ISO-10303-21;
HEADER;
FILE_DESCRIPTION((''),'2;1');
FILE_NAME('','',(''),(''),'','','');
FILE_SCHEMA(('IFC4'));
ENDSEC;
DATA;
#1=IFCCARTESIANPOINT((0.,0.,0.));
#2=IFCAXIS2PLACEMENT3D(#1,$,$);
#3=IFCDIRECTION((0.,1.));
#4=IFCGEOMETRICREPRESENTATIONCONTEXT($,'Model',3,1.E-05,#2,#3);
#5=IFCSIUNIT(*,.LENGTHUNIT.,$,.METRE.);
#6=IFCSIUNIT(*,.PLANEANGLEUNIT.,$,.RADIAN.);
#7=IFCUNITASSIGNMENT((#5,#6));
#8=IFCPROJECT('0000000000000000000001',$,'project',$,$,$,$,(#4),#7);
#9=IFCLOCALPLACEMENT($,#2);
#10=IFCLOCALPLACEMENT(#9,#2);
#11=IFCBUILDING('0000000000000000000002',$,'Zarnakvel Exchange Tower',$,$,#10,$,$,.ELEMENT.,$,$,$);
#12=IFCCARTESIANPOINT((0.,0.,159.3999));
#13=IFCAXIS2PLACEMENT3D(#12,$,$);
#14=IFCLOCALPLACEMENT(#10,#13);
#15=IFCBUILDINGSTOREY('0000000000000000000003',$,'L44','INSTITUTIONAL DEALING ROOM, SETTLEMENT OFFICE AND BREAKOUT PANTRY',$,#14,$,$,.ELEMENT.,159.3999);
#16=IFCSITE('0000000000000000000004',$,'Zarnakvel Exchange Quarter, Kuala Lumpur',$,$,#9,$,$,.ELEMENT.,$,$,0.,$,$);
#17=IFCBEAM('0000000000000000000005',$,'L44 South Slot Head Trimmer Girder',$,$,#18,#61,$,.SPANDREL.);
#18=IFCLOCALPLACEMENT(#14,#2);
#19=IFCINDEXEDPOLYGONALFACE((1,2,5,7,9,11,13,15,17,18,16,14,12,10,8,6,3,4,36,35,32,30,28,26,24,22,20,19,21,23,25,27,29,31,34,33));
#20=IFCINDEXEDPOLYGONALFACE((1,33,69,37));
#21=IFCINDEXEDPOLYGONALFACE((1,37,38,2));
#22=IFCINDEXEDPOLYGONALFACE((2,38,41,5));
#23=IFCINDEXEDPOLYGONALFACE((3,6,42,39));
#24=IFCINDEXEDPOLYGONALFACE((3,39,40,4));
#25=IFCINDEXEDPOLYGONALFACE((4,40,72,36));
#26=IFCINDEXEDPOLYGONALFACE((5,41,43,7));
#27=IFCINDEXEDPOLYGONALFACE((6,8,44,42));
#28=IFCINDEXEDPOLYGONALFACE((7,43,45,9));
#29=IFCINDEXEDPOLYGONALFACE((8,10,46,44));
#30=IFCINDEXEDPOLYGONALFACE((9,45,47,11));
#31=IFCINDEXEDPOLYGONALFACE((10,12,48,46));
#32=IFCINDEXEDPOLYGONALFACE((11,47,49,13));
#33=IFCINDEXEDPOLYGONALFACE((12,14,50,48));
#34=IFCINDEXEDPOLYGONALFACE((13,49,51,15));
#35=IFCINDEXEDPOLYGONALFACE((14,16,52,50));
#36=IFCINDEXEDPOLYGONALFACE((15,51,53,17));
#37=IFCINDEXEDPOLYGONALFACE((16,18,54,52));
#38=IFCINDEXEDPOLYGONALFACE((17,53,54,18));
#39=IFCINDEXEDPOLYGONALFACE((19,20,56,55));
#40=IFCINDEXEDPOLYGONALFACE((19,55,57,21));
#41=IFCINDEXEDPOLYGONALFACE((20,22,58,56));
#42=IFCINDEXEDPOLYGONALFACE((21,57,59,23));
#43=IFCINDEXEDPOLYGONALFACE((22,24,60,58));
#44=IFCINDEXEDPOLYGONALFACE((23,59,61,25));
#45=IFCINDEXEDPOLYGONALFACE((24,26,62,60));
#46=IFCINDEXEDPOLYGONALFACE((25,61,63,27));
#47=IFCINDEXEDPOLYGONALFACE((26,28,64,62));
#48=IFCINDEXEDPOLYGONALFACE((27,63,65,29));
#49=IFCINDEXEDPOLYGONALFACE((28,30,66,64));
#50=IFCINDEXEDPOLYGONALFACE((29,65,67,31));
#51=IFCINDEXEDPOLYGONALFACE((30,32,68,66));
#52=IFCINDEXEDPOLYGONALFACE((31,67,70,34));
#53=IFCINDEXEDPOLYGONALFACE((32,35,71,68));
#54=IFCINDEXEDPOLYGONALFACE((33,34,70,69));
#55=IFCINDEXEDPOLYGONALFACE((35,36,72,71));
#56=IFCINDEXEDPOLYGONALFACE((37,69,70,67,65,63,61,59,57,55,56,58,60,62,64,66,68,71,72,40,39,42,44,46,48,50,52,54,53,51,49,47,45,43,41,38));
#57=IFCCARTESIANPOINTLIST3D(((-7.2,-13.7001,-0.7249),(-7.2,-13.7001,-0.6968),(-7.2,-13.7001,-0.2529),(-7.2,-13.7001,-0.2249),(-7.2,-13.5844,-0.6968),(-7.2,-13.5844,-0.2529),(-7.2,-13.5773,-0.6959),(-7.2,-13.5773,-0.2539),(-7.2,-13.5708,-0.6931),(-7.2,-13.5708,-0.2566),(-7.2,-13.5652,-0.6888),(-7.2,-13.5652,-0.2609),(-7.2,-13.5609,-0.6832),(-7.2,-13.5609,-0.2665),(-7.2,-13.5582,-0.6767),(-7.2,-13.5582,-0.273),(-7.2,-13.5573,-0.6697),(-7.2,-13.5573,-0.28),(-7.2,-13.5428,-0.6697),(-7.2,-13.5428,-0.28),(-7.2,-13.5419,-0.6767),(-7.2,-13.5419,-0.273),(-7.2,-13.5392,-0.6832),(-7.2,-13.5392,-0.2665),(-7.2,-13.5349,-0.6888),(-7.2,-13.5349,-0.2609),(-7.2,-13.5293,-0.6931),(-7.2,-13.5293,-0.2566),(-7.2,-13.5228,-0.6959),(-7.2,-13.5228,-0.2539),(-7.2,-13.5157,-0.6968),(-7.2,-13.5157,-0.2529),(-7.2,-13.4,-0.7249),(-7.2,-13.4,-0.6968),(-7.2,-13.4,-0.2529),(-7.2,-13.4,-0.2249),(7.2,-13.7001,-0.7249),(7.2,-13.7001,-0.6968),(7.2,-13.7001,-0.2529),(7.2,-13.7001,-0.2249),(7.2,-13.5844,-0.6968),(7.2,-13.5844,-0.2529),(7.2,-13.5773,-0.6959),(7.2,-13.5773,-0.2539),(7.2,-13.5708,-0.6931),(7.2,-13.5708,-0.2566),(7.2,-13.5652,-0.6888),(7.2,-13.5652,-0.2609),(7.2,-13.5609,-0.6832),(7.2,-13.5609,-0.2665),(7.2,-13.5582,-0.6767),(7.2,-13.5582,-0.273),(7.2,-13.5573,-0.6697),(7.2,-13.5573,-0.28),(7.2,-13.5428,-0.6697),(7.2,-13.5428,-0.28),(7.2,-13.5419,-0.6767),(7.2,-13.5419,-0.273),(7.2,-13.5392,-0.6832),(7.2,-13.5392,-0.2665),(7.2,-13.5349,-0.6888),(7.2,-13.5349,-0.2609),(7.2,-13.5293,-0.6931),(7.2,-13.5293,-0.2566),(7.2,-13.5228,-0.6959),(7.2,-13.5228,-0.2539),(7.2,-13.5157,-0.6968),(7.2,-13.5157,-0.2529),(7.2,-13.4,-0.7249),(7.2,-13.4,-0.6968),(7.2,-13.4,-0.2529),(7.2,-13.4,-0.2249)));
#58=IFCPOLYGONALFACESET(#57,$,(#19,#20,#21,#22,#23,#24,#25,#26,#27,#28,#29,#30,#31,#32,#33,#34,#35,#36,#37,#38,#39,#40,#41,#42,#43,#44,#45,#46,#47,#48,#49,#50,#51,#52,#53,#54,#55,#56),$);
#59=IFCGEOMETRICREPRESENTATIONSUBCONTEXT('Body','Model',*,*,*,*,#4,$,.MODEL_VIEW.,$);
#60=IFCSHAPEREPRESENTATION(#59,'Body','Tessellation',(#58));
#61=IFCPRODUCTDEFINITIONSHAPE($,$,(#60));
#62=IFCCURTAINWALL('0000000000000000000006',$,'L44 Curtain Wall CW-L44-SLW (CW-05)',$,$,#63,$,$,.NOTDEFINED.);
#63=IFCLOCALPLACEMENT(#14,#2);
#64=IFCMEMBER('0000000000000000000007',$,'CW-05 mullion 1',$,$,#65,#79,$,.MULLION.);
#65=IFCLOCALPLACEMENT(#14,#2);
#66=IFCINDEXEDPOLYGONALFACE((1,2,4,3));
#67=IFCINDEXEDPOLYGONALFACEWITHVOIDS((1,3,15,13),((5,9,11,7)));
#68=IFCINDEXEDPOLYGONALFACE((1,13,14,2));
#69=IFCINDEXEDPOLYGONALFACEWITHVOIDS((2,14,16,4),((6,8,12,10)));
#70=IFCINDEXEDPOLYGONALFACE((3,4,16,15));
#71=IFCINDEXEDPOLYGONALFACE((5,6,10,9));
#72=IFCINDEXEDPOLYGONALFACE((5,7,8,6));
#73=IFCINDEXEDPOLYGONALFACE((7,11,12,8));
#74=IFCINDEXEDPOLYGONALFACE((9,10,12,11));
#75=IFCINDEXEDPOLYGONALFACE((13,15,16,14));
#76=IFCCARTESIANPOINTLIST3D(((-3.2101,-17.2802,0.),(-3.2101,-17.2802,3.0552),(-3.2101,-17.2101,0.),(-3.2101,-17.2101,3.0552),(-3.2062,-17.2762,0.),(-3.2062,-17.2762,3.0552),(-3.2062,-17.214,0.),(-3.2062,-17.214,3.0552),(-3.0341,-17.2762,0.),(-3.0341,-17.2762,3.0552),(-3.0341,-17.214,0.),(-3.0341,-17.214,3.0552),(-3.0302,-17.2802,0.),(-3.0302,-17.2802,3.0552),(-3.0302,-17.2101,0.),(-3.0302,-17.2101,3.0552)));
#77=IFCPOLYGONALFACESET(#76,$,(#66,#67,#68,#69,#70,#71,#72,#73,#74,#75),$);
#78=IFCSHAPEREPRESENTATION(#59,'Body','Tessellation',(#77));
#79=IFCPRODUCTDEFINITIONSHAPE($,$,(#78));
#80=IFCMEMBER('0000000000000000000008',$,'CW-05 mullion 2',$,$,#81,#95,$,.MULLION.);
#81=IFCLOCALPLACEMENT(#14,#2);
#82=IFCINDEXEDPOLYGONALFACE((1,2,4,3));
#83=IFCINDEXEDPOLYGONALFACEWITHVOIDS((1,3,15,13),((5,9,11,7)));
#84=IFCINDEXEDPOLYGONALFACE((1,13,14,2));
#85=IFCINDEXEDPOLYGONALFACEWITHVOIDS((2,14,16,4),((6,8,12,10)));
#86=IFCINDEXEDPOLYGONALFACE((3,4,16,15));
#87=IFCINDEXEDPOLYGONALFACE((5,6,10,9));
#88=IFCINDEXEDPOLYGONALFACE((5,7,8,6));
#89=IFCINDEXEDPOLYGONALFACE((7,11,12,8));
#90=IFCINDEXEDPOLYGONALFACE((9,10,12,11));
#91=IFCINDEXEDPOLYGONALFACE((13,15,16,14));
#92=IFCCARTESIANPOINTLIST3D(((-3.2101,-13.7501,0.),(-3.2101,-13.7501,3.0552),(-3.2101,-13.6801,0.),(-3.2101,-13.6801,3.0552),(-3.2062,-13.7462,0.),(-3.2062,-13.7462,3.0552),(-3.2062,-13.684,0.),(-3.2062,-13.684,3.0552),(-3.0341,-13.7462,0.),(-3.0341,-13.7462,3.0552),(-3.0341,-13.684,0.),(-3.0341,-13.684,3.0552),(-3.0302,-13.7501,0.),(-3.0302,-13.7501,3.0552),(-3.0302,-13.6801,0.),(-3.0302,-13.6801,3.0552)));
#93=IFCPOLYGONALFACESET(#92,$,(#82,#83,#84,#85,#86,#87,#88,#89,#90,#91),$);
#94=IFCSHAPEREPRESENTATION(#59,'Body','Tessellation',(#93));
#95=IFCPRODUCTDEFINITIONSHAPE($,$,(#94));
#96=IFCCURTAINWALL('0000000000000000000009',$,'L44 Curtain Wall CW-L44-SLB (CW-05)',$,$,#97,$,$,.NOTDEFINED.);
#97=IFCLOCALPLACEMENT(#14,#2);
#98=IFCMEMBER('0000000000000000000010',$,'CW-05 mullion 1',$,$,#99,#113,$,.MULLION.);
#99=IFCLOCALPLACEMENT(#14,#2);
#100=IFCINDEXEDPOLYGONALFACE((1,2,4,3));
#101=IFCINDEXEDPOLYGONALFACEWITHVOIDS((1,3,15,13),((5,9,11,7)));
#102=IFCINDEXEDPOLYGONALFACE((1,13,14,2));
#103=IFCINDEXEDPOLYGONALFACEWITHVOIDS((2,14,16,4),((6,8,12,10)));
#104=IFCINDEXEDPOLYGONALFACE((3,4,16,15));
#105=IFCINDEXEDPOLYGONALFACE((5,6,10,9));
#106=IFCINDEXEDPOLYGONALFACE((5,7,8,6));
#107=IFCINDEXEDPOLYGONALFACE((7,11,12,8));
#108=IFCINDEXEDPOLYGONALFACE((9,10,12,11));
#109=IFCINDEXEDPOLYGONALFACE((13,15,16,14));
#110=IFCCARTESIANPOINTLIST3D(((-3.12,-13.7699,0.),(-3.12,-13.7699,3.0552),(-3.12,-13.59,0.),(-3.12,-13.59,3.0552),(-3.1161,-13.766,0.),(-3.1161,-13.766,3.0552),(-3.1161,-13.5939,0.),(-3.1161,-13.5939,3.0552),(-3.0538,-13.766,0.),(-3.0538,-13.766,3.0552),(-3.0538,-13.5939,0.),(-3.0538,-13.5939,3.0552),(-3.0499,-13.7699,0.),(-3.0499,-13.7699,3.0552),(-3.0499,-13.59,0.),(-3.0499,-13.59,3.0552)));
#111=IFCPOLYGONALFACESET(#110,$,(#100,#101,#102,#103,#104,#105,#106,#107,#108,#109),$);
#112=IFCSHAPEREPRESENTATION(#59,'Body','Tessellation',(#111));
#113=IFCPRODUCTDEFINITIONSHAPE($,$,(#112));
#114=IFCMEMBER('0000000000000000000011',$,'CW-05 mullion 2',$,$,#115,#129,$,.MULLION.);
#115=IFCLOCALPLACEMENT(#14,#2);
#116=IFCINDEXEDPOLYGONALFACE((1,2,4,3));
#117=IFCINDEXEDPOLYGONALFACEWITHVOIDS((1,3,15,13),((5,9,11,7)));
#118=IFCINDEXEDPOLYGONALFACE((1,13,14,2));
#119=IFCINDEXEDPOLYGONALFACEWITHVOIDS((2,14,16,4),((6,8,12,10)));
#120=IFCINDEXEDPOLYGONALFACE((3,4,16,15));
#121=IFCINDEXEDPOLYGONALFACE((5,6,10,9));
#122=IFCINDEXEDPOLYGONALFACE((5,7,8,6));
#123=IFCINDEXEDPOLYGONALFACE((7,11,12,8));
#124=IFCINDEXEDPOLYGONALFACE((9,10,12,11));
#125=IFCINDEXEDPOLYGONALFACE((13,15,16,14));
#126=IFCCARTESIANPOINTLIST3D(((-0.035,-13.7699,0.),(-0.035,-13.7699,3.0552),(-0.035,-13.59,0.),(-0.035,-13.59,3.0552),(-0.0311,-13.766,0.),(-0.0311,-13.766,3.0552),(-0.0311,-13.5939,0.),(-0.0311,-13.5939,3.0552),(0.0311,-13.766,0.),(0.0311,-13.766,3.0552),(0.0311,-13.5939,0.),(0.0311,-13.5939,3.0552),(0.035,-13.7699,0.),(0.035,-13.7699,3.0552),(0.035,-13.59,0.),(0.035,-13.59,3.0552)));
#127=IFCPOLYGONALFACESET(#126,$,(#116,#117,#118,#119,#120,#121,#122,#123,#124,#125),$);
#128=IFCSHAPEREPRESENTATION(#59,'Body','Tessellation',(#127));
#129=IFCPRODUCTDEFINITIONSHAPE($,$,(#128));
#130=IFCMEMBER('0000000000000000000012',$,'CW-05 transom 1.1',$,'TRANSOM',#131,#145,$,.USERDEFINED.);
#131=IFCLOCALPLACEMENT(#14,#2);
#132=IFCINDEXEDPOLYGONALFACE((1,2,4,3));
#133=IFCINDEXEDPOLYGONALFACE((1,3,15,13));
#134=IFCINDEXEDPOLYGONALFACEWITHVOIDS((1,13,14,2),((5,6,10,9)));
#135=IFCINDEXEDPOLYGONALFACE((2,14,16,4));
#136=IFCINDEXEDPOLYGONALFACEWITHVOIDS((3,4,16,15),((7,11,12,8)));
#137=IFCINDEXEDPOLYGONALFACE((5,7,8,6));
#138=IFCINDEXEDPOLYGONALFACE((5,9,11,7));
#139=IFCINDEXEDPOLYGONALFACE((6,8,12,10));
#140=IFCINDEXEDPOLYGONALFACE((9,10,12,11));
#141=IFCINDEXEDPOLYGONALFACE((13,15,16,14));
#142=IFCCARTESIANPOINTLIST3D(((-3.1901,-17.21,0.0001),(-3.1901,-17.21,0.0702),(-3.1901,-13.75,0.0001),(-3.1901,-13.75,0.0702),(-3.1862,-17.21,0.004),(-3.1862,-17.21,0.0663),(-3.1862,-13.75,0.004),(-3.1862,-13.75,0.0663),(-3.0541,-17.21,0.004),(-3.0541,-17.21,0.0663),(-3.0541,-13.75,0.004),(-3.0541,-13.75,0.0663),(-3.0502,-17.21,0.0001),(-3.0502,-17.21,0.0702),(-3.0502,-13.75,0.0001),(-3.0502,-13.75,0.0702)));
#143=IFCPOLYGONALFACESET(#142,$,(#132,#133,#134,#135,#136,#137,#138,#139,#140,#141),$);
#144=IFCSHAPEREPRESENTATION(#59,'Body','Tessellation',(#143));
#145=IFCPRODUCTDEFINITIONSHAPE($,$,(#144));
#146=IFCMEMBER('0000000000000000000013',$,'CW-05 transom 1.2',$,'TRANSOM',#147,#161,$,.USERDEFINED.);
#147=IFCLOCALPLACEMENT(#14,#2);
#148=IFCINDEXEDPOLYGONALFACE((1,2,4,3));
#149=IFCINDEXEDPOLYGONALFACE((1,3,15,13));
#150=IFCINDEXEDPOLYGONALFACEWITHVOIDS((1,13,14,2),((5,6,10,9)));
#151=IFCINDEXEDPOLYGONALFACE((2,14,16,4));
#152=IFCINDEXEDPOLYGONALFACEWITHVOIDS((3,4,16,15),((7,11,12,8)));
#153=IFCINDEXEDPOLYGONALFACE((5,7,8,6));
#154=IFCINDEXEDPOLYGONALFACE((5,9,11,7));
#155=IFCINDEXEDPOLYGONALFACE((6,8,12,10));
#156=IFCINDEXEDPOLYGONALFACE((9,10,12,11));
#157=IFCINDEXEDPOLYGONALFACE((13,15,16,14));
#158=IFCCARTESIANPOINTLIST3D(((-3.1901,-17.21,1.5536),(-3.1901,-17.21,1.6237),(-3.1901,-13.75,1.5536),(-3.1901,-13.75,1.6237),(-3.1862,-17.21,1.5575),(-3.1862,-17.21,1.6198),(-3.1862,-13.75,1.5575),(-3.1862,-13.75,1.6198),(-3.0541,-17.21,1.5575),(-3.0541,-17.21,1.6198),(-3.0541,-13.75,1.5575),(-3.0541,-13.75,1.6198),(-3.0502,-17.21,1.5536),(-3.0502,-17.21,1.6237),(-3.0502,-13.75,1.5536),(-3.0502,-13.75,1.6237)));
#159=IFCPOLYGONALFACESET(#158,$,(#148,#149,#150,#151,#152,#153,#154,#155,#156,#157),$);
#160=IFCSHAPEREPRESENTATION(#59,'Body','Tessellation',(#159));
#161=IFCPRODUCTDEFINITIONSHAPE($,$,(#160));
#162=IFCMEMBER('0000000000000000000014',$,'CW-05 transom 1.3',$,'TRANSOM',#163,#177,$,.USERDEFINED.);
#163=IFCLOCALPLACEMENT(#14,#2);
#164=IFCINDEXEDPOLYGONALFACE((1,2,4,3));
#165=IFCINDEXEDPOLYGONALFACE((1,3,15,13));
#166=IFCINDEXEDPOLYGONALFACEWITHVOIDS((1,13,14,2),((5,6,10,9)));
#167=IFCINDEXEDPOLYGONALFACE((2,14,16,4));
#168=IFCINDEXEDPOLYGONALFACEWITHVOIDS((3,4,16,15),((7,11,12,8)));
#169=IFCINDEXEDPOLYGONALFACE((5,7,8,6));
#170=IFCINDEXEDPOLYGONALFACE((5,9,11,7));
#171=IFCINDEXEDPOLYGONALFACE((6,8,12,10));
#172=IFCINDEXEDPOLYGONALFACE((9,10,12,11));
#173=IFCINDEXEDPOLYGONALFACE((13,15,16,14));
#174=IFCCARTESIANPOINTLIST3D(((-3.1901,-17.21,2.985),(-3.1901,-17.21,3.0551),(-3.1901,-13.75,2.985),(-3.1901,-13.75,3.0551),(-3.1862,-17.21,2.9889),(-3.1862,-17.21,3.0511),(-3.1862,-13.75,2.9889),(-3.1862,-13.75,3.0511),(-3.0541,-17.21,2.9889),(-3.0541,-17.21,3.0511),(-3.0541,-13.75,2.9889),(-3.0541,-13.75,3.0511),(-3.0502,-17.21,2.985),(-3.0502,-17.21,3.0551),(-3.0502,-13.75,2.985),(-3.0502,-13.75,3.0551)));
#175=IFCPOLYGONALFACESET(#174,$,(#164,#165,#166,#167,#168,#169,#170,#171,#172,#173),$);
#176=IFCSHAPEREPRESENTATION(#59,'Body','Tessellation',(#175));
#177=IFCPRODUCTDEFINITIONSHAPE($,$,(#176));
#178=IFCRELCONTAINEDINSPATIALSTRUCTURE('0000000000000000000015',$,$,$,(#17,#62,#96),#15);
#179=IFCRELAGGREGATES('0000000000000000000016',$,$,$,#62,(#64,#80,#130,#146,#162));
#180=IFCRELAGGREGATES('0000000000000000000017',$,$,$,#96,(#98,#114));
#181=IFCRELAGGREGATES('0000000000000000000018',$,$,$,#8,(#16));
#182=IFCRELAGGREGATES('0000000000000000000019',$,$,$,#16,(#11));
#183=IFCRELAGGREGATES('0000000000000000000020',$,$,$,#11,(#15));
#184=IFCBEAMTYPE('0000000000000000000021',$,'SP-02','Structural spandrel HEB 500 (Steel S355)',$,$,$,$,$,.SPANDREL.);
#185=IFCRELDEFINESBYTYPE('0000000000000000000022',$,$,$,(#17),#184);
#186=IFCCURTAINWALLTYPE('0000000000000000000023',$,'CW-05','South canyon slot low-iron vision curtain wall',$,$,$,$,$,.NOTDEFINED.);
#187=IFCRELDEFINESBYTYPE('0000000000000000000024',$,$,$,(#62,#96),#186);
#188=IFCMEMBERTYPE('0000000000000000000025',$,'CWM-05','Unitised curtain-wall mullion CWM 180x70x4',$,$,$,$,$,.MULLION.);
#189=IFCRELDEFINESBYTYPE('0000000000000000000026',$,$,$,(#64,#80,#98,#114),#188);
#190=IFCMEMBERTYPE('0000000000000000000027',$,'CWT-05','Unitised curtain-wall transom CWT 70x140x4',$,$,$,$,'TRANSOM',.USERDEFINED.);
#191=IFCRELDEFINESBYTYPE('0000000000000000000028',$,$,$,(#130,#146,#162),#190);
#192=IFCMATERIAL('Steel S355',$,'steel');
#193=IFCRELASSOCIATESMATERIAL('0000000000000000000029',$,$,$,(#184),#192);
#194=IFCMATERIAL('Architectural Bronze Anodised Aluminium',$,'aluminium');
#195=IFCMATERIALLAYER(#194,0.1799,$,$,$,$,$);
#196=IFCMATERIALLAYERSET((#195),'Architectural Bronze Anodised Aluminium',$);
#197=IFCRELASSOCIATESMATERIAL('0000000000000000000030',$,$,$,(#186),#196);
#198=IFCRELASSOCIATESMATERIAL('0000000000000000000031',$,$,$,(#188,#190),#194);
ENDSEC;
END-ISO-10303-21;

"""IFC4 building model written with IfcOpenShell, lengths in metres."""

from ifc_helpers import new_model, si_unit, direction, frame, origin, origin_2d, place, context, subcontext, project, spatial, hollow_rectangle, i_section, extrude, source, transform, mapped, material, layer, layer_set, material_profile, profile_set, type_object, element, aggregate, save


model = new_model("IFC4")

# Units and contexts
model_context = context("Model", 3, precision=1e-05, world=origin(), true_north=direction((0.0, 1.0)))
body_context = subcontext(model_context, "Body", "Model", "MODEL_VIEW")
ifc_project = project(units=[si_unit("LENGTHUNIT", "METRE"), si_unit("PLANEANGLEUNIT", "RADIAN")], contexts=[model_context])

# Site, building, storey
site_placement = place(None, origin())
site = spatial("IfcSite", under=ifc_project, at=site_placement, Name="Zarnakvel Exchange Quarter, Kuala Lumpur", CompositionType="ELEMENT", RefElevation=0.0)
building_placement = place(site_placement, origin())
building = spatial("IfcBuilding", under=site, at=building_placement, Name="Zarnakvel Exchange Tower", CompositionType="ELEMENT")
storey_placement = place(building_placement, frame((0.0, 0.0, 159.3999)))
storey = spatial("IfcBuildingStorey", under=building, at=storey_placement, Name="L44", Description="INSTITUTIONAL DEALING ROOM, SETTLEMENT OFFICE AND BREAKOUT PANTRY", CompositionType="ELEMENT", Elevation=159.3999)

# Beam
ifc_material_1 = material(Name="Steel S355", Category="steel")
ifc_material_profile_1 = material_profile(ifc_material_1, i_section(OverallWidth=0.3, OverallDepth=0.5, WebThickness=0.0144, FlangeThickness=0.0281, FilletRadius=0.0271, at=origin_2d()))
ifc_profile_set_1 = profile_set([ifc_material_profile_1], Name="Steel S355")
beam_type_1 = type_object("IfcBeamType", Name="SP-02", Description="Structural spandrel HEB 500 (Steel S355)", PredefinedType="SPANDREL", material=ifc_profile_set_1)
beam_1_placement = place(storey_placement, frame((-7.2, -13.55, -0.4749), z_axis=(1.0, 0.0, 0.0), x_axis=(0.0, 1.0, 0.0)))
element("IfcBeam", 1, at=beam_1_placement, inside=storey, type_object=beam_type_1, Name="L44 South Slot Head Trimmer Girder", PredefinedType="SPANDREL", context=body_context, shape_type="SweptSolid", body=[
    extrude(i_section(OverallWidth=0.3, OverallDepth=0.5, WebThickness=0.0144, FlangeThickness=0.0281, FilletRadius=0.0271, at=origin_2d()), origin(), (0.0, 0.0, 1.0), 14.3999),
])

# Curtain walls, members
ifc_material_2 = material(Name="Architectural Bronze Anodised Aluminium", Category="aluminium")
ifc_layer_1 = layer(ifc_material_2, 0.1799)
ifc_layer_set_1 = layer_set([ifc_layer_1], Name="Architectural Bronze Anodised Aluminium")
curtain_wall_type = type_object("IfcCurtainWallType", Name="CW-05", Description="South canyon slot low-iron vision curtain wall", PredefinedType="NOTDEFINED", material=ifc_layer_set_1)
curtain_wall_1_placement = place(storey_placement, origin())
curtain_wall_1 = element("IfcCurtainWall", 2, at=curtain_wall_1_placement, inside=storey, type_object=curtain_wall_type, Name="L44 Curtain Wall CW-L44-SLW (CW-05)", PredefinedType="NOTDEFINED")
ifc_material_profile_2 = material_profile(ifc_material_2, hollow_rectangle(XDim=0.1799, YDim=0.0701, WallThickness=0.0039, at=origin_2d()))
ifc_profile_set_2 = profile_set([ifc_material_profile_2], Name="Architectural Bronze Anodised Aluminium")
member_type_1 = type_object("IfcMemberType", Name="CWM-05", Description="Unitised curtain-wall mullion CWM 180x70x4", PredefinedType="MULLION", material=ifc_profile_set_2)
shared_shape_1 = source(origin(), body_context, "Body", "SweptSolid", [
    extrude(hollow_rectangle(XDim=0.1799, YDim=0.0701, WallThickness=0.0039, at=origin_2d()), origin(), (0.0, 0.0, 1.0), 3.0552),
])
member_1_placement = place(storey_placement, frame((-3.1201, -17.2451, 0.0), z_axis=(0.0, 0.0, 1.0), x_axis=(-1.0, 0.0, 0.0)))
member_1 = element("IfcMember", 3, at=member_1_placement, type_object=member_type_1, Name="CW-05 mullion 1", PredefinedType="MULLION", context=body_context, shape_type="MappedRepresentation", body=[
    mapped(shared_shape_1, transform((0.0, 0.0, 0.0), x_axis=(1.0, 0.0, 0.0), y_axis=(0.0, 1.0, 0.0), z_axis=(0.0, 0.0, 1.0), scale=1.0)),
])
member_2_placement = place(storey_placement, frame((-3.1201, -13.7151, 0.0), z_axis=(0.0, 0.0, 1.0), x_axis=(-1.0, 0.0, 0.0)))
member_2 = element("IfcMember", 4, at=member_2_placement, type_object=member_type_1, Name="CW-05 mullion 2", PredefinedType="MULLION", context=body_context, shape_type="MappedRepresentation", body=[
    mapped(shared_shape_1, transform((0.0, 0.0, 0.0), x_axis=(1.0, 0.0, 0.0), y_axis=(0.0, 1.0, 0.0), z_axis=(0.0, 0.0, 1.0), scale=1.0)),
])
curtain_wall_2_placement = place(storey_placement, origin())
curtain_wall_2 = element("IfcCurtainWall", 5, at=curtain_wall_2_placement, inside=storey, type_object=curtain_wall_type, Name="L44 Curtain Wall CW-L44-SLB (CW-05)", PredefinedType="NOTDEFINED")
member_3_placement = place(storey_placement, frame((-3.085, -13.6799, 0.0), z_axis=(0.0, 0.0, 1.0), x_axis=(0.0, 1.0, 0.0)))
member_3 = element("IfcMember", 6, at=member_3_placement, type_object=member_type_1, Name="CW-05 mullion 1", PredefinedType="MULLION", context=body_context, shape_type="MappedRepresentation", body=[
    mapped(shared_shape_1, transform((0.0, 0.0, 0.0), x_axis=(1.0, 0.0, 0.0), y_axis=(0.0, 1.0, 0.0), z_axis=(0.0, 0.0, 1.0), scale=1.0)),
])
member_4_placement = place(storey_placement, frame((0.0, -13.6799, 0.0), z_axis=(0.0, 0.0, 1.0), x_axis=(0.0, 1.0, 0.0)))
member_4 = element("IfcMember", 7, at=member_4_placement, type_object=member_type_1, Name="CW-05 mullion 2", PredefinedType="MULLION", context=body_context, shape_type="MappedRepresentation", body=[
    mapped(shared_shape_1, transform((0.0, 0.0, 0.0), x_axis=(1.0, 0.0, 0.0), y_axis=(0.0, 1.0, 0.0), z_axis=(0.0, 0.0, 1.0), scale=1.0)),
])

# Members
ifc_material_profile_3 = material_profile(ifc_material_2, hollow_rectangle(XDim=0.1399, YDim=0.0701, WallThickness=0.0039, at=origin_2d()))
ifc_profile_set_3 = profile_set([ifc_material_profile_3], Name="Architectural Bronze Anodised Aluminium")
member_type_2 = type_object("IfcMemberType", Name="CWT-05", Description="Unitised curtain-wall transom CWT 70x140x4", ElementType="TRANSOM", PredefinedType="USERDEFINED", material=ifc_profile_set_3)
shared_shape_2 = source(origin(), body_context, "Body", "SweptSolid", [
    extrude(hollow_rectangle(XDim=0.1399, YDim=0.0701, WallThickness=0.0039, at=origin_2d()), origin(), (0.0, 0.0, 1.0), 3.46),
])
member_5_placement = place(storey_placement, frame((-3.1201, -17.21, 0.0352), z_axis=(0.0, 1.0, 0.0), x_axis=(-1.0, 0.0, 0.0)))
member_5 = element("IfcMember", 8, at=member_5_placement, type_object=member_type_2, Name="CW-05 transom 1.1", ObjectType="TRANSOM", PredefinedType="USERDEFINED", context=body_context, shape_type="MappedRepresentation", body=[
    mapped(shared_shape_2, transform((0.0, 0.0, 0.0), x_axis=(1.0, 0.0, 0.0), y_axis=(0.0, 1.0, 0.0), z_axis=(0.0, 0.0, 1.0), scale=1.0)),
])
member_6_placement = place(storey_placement, frame((-3.1201, -17.21, 1.5886), z_axis=(0.0, 1.0, 0.0), x_axis=(-1.0, 0.0, 0.0)))
member_6 = element("IfcMember", 9, at=member_6_placement, type_object=member_type_2, Name="CW-05 transom 1.2", ObjectType="TRANSOM", PredefinedType="USERDEFINED", context=body_context, shape_type="MappedRepresentation", body=[
    mapped(shared_shape_2, transform((0.0, 0.0, 0.0), x_axis=(1.0, 0.0, 0.0), y_axis=(0.0, 1.0, 0.0), z_axis=(0.0, 0.0, 1.0), scale=1.0)),
])
member_7_placement = place(storey_placement, frame((-3.1201, -17.21, 3.02), z_axis=(0.0, 1.0, 0.0), x_axis=(-1.0, 0.0, 0.0)))
member_7 = element("IfcMember", 10, at=member_7_placement, type_object=member_type_2, Name="CW-05 transom 1.3", ObjectType="TRANSOM", PredefinedType="USERDEFINED", context=body_context, shape_type="MappedRepresentation", body=[
    mapped(shared_shape_2, transform((0.0, 0.0, 0.0), x_axis=(1.0, 0.0, 0.0), y_axis=(0.0, 1.0, 0.0), z_axis=(0.0, 0.0, 1.0), scale=1.0)),
])

aggregate(curtain_wall_1, [member_1, member_2, member_5, member_6, member_7])
aggregate(curtain_wall_2, [member_3, member_4])

save(model, "model.ifc")
